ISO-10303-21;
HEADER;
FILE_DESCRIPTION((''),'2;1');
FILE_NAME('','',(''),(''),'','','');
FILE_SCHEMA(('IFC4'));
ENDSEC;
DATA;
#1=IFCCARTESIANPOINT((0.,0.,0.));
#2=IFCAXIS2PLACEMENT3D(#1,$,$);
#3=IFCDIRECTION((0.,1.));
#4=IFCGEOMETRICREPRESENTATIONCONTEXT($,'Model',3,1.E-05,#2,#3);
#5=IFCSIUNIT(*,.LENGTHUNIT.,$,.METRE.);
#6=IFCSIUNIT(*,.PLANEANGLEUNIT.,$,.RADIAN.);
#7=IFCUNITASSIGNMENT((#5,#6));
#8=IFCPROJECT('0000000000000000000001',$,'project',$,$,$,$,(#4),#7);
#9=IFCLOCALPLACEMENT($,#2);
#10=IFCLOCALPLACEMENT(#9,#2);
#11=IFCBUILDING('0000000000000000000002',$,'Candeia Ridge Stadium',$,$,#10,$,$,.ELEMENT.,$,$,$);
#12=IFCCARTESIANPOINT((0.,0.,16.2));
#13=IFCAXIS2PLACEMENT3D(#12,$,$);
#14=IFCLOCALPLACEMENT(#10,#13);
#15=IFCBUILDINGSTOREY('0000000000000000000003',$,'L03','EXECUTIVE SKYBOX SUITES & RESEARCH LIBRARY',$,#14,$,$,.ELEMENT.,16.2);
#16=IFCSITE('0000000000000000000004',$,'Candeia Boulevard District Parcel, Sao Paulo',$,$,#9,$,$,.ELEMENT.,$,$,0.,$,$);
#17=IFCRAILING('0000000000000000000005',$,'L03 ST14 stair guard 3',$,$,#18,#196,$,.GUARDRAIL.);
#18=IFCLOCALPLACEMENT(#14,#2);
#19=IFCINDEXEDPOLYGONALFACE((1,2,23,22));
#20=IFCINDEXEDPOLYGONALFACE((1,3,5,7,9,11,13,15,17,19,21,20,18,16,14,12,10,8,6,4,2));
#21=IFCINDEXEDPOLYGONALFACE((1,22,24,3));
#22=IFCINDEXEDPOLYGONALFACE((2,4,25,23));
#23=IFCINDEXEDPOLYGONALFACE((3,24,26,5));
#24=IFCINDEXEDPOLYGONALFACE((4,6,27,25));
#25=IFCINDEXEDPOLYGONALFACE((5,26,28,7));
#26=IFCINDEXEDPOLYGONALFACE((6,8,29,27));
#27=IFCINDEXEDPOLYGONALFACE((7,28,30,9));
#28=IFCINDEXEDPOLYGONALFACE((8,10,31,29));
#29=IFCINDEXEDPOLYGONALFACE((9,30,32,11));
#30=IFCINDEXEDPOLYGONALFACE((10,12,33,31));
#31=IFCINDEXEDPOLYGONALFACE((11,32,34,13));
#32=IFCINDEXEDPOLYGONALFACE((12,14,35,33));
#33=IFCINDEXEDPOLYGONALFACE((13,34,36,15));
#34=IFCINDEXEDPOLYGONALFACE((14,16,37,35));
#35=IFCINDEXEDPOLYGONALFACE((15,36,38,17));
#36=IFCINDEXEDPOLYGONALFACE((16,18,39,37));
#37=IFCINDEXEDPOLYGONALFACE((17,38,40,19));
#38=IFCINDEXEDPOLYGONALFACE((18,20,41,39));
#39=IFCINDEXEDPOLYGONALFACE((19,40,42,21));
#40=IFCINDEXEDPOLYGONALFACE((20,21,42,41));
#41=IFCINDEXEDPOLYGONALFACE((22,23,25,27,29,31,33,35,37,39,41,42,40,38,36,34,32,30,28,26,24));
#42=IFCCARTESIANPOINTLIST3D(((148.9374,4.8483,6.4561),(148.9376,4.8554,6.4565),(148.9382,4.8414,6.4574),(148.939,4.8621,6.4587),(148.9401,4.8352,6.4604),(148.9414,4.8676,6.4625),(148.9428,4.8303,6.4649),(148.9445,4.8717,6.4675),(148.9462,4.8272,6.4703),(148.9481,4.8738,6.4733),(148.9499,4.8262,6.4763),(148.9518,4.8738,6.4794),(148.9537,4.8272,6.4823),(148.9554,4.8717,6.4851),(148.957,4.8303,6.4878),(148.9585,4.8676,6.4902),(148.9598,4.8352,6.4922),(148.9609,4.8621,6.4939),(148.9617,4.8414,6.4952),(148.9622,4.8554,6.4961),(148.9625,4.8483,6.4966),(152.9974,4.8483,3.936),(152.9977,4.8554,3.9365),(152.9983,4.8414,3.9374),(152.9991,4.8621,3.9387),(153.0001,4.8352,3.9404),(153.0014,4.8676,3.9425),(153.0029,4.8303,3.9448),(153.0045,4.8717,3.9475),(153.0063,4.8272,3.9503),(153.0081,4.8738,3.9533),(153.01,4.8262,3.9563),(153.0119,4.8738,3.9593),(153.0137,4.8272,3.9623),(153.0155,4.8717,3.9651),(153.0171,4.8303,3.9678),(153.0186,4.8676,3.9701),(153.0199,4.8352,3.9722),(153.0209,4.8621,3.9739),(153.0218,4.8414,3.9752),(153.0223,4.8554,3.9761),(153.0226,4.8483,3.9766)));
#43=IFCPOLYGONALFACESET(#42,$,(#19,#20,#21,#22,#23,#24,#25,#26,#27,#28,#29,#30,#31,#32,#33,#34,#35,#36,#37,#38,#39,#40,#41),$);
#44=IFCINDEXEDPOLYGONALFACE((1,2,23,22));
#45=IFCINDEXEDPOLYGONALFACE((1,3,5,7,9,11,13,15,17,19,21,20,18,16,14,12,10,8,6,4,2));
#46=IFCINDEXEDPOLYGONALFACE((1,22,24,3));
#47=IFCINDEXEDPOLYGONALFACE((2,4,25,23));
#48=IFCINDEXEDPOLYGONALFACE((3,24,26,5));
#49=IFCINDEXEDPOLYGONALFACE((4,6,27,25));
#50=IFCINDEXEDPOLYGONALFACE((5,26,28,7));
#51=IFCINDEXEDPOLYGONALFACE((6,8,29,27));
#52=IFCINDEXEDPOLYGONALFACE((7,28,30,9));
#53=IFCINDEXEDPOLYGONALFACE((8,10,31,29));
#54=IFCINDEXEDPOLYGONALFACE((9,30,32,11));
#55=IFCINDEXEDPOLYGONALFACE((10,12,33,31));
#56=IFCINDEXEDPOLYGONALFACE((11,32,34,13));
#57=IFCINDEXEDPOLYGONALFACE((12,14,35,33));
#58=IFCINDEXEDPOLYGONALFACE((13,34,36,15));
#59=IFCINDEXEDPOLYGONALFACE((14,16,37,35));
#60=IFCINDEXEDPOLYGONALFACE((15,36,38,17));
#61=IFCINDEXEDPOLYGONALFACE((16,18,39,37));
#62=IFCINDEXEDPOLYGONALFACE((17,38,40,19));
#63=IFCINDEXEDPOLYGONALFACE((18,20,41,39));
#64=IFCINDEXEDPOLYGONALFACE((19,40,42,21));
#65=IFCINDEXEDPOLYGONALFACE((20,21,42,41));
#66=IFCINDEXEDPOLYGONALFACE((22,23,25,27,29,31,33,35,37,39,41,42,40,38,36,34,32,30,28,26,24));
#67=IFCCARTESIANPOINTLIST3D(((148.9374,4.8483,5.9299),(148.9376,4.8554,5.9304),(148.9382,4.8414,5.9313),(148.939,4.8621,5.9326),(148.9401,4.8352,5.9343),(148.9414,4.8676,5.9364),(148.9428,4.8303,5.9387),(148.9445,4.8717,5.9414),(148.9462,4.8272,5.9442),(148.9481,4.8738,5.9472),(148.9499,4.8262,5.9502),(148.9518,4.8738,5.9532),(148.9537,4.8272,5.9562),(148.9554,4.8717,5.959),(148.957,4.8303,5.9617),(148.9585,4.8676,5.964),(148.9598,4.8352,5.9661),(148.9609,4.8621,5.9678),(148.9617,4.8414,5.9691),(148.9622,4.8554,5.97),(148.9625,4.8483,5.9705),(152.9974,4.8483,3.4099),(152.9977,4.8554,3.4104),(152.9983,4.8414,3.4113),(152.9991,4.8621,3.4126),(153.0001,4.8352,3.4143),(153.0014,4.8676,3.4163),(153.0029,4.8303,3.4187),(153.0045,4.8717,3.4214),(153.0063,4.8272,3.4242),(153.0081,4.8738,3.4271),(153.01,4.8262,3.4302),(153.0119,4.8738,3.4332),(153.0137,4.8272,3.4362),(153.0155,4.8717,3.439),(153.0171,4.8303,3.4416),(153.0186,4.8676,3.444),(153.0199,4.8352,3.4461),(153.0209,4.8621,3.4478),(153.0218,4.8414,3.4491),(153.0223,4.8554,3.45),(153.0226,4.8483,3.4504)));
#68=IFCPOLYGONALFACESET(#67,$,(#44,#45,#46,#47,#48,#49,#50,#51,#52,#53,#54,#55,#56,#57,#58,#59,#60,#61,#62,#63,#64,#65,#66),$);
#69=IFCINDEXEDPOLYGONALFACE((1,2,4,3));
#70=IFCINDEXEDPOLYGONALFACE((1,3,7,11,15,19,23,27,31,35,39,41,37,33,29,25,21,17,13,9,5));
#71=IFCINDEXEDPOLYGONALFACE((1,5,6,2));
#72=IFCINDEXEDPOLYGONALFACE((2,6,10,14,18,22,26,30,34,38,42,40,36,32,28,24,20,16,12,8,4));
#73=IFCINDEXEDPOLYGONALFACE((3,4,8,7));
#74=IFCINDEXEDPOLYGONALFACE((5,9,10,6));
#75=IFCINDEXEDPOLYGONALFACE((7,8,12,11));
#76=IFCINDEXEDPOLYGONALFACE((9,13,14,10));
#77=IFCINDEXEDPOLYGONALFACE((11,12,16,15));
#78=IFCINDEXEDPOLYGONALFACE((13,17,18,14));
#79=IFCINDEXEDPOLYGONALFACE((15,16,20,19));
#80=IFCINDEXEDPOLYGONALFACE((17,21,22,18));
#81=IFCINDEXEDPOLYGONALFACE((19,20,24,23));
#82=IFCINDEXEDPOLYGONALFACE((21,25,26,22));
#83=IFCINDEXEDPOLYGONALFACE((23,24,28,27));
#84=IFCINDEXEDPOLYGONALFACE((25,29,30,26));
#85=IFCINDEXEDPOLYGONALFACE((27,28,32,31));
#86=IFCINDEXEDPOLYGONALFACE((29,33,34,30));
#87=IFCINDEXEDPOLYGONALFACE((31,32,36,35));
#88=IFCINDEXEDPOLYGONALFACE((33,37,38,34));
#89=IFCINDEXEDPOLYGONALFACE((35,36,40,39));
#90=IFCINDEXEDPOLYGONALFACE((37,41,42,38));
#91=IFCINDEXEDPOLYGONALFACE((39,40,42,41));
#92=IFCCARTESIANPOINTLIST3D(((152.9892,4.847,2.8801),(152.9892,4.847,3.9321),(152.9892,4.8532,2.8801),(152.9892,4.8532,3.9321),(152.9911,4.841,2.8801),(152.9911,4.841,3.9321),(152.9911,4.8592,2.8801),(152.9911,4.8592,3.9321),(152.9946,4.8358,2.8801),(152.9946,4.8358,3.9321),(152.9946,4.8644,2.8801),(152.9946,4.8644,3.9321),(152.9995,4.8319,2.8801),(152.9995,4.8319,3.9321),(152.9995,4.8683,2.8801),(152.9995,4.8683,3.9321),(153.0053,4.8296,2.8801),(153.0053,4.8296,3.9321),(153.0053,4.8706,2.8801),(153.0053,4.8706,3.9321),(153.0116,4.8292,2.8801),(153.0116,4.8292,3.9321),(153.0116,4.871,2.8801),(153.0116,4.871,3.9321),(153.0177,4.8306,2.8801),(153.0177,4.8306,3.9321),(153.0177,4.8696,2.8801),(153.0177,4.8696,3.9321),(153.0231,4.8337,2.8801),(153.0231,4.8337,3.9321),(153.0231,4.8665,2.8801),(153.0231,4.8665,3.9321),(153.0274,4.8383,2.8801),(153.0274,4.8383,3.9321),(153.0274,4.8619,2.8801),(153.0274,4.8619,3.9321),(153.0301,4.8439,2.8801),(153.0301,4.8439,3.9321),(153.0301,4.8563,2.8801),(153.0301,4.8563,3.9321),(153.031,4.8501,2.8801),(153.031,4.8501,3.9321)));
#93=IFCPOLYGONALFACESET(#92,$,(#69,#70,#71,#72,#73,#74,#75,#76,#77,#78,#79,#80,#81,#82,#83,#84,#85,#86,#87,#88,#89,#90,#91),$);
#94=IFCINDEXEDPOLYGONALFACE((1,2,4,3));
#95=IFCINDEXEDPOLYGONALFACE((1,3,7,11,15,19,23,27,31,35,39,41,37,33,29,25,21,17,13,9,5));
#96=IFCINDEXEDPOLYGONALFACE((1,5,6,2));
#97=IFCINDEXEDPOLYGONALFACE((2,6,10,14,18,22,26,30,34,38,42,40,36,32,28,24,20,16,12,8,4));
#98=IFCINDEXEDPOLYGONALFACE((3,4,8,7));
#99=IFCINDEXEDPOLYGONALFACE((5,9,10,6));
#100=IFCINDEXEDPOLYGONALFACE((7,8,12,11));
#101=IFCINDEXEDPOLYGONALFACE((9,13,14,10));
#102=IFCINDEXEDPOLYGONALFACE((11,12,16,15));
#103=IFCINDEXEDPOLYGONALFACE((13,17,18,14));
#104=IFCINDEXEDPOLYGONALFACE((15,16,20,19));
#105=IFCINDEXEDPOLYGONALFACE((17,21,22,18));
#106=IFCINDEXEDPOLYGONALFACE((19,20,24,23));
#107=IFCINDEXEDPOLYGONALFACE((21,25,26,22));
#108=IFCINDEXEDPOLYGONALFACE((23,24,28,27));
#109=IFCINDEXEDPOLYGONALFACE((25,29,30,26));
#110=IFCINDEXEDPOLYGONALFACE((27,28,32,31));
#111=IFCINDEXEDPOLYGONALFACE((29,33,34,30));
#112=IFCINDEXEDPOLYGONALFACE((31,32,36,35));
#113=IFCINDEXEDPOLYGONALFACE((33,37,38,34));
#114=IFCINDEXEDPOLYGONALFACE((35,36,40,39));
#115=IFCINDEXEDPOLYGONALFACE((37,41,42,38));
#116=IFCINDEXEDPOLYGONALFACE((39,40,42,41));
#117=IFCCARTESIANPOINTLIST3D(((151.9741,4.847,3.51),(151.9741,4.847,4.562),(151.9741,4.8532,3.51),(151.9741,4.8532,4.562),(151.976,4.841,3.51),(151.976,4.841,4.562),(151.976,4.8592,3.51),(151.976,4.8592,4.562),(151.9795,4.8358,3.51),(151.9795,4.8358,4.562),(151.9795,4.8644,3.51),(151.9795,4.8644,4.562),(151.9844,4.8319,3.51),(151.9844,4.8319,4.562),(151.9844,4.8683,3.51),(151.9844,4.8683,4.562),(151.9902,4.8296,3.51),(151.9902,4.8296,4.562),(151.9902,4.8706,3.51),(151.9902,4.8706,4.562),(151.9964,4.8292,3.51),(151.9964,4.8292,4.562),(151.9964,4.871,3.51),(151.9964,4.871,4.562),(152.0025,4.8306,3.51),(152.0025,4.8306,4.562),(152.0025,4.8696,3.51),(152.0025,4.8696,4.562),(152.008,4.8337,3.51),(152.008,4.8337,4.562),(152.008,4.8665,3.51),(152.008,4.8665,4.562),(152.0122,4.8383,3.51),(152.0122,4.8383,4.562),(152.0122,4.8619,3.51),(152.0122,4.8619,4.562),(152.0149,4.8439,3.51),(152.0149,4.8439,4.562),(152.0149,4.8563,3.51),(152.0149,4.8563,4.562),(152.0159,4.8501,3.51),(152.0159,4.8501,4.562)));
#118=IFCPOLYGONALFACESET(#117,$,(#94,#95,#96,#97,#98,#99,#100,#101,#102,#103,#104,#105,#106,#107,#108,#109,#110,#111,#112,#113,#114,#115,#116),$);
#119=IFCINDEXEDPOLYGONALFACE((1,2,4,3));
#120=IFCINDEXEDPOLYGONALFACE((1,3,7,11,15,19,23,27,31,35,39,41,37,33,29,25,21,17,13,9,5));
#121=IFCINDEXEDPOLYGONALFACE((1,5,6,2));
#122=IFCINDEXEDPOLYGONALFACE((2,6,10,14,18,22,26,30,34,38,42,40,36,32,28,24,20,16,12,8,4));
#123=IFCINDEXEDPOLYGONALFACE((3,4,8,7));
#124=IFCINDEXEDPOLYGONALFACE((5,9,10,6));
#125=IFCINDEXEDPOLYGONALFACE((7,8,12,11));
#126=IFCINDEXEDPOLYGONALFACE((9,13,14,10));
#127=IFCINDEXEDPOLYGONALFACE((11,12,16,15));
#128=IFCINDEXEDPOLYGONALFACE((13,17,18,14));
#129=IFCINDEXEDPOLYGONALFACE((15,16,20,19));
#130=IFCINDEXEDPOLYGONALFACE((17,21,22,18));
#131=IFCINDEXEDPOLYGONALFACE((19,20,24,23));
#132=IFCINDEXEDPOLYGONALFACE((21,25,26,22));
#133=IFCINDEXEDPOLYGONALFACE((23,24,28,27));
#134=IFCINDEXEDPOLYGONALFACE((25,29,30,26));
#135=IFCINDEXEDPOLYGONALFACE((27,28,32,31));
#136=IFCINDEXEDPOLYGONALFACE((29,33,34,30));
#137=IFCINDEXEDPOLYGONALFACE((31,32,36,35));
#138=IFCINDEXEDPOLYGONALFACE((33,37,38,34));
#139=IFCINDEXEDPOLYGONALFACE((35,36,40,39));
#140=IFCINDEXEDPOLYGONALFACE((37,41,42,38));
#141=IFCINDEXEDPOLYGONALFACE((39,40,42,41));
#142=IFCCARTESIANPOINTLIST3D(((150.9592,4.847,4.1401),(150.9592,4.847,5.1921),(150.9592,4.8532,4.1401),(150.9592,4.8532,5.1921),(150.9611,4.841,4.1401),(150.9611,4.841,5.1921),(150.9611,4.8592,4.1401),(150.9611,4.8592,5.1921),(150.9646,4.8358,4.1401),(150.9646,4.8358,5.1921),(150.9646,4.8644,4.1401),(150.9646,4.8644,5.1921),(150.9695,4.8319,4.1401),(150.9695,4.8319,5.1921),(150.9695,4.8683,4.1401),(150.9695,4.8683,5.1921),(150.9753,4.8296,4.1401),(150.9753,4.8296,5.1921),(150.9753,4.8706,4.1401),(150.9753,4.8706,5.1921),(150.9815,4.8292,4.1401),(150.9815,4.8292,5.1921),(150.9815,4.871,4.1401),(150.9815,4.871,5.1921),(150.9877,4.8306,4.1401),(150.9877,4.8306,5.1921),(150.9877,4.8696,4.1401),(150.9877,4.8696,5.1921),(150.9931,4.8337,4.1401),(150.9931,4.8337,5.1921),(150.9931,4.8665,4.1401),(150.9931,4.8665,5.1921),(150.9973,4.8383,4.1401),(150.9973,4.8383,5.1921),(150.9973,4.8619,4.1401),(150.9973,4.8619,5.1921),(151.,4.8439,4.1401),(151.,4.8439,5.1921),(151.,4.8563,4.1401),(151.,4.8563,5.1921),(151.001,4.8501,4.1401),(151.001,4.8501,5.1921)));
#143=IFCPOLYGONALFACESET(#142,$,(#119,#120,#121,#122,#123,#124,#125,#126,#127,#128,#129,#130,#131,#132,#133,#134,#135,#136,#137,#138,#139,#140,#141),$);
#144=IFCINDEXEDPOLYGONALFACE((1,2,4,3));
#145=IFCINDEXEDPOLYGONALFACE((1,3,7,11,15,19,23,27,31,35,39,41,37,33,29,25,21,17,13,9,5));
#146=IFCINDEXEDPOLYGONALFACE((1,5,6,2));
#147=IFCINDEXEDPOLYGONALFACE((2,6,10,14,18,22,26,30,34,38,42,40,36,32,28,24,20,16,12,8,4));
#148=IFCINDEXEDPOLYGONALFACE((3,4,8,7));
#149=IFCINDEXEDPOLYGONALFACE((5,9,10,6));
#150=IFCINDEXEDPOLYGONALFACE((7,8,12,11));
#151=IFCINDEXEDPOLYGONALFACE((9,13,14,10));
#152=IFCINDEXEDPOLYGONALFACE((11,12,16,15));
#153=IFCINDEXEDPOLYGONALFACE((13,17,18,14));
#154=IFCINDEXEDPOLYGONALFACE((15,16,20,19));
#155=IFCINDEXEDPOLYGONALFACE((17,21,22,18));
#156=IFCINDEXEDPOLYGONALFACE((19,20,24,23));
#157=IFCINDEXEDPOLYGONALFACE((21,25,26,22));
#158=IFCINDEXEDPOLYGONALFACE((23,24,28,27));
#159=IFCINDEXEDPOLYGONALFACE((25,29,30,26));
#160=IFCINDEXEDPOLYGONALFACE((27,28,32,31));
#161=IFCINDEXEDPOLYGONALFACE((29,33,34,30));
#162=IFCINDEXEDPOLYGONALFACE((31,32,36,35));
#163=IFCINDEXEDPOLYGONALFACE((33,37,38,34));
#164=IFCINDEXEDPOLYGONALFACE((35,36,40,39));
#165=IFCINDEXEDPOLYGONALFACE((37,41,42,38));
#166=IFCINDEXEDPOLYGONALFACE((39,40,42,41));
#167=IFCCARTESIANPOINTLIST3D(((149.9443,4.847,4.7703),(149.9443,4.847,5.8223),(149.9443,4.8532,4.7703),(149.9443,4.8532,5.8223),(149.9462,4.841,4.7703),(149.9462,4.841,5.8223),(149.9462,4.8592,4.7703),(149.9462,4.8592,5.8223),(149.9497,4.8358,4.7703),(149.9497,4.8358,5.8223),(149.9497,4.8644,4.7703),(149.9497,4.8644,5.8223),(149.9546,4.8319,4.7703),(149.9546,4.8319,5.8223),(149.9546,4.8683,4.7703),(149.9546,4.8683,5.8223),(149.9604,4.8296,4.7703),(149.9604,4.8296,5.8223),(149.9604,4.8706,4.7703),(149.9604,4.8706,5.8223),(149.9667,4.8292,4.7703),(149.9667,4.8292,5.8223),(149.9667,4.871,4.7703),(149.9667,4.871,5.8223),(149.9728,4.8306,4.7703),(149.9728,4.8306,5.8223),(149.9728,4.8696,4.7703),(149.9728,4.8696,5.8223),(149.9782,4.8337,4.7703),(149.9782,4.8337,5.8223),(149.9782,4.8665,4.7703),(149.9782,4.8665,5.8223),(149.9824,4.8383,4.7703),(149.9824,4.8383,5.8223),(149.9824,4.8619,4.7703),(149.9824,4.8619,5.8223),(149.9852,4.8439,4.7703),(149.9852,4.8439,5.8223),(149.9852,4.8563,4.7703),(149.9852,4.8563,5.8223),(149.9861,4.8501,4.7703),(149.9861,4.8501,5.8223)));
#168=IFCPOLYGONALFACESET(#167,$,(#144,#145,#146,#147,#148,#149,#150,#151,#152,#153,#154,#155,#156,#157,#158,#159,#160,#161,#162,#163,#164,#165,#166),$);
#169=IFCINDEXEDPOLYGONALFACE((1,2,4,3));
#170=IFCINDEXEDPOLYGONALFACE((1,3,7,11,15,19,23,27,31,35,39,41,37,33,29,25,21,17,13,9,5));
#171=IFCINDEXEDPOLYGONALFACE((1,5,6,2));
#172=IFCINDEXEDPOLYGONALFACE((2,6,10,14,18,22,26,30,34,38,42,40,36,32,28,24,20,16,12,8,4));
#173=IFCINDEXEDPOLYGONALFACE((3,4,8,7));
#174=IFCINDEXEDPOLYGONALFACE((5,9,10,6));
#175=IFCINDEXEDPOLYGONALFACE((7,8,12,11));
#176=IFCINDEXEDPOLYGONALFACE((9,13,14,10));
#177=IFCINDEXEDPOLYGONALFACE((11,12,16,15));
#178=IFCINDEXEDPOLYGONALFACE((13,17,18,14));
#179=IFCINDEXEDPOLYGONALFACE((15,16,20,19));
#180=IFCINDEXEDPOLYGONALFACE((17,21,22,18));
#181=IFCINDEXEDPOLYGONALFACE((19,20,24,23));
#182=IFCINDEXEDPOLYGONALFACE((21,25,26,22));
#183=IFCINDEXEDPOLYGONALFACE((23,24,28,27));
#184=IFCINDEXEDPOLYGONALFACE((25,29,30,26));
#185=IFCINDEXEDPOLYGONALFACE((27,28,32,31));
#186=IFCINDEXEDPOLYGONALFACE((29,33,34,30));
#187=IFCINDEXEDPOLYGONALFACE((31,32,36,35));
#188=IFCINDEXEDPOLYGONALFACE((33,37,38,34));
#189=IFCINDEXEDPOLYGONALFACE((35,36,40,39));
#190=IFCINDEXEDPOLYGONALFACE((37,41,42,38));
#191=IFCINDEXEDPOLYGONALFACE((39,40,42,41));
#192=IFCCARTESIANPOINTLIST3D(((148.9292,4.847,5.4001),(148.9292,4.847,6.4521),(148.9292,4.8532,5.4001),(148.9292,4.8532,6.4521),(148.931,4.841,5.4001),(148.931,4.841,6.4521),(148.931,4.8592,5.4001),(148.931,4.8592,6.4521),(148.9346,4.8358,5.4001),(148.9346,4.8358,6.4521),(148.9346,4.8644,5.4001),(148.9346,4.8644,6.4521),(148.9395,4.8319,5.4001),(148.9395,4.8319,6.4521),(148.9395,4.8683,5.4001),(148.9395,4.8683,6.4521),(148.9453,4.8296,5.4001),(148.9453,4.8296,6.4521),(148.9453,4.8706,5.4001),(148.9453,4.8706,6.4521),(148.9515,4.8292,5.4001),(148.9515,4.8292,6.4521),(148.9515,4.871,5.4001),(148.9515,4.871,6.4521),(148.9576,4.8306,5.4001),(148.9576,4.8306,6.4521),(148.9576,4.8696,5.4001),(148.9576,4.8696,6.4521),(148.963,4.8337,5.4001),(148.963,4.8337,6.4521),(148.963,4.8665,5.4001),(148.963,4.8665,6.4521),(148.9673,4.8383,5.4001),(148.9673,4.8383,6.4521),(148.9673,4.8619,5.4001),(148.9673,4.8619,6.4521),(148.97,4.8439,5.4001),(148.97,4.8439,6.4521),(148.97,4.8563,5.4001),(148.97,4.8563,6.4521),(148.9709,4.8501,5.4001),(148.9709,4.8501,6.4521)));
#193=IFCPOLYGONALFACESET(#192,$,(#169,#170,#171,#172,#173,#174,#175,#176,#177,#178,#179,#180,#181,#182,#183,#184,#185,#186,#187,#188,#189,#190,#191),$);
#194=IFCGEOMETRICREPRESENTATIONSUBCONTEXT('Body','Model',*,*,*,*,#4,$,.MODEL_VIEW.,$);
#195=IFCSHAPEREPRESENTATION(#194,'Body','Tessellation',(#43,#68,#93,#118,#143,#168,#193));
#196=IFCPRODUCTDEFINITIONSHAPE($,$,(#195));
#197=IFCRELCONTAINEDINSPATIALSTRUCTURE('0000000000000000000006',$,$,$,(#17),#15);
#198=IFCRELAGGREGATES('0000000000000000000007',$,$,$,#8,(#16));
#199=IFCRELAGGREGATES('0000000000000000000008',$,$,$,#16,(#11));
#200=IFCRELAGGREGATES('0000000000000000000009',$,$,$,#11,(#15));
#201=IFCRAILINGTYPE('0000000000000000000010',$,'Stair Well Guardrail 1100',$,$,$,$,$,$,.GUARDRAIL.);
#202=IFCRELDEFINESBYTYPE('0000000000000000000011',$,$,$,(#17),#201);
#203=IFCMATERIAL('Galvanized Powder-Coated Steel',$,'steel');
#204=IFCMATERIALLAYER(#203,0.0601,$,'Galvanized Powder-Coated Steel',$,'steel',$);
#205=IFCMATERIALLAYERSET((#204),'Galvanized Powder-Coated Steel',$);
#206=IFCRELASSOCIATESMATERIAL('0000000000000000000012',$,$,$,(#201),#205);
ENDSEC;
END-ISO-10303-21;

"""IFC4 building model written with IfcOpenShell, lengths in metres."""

from ifc_helpers import new_model, si_unit, direction, frame, origin, origin_2d, place, context, subcontext, project, spatial, circle, extrude, material, layer, layer_set, type_object, element, save


model = new_model("IFC4")

# Units and contexts
model_context = context("Model", 3, precision=1e-05, world=origin(), true_north=direction((0.0, 1.0)))
body_context = subcontext(model_context, "Body", "Model", "MODEL_VIEW")
ifc_project = project(units=[si_unit("LENGTHUNIT", "METRE"), si_unit("PLANEANGLEUNIT", "RADIAN")], contexts=[model_context])

# Site, building, storey
site_placement = place(None, origin())
site = spatial("IfcSite", under=ifc_project, at=site_placement, Name="Candeia Boulevard District Parcel, Sao Paulo", CompositionType="ELEMENT", RefElevation=0.0)
building_placement = place(site_placement, origin())
building = spatial("IfcBuilding", under=site, at=building_placement, Name="Candeia Ridge Stadium", CompositionType="ELEMENT")
storey_placement = place(building_placement, frame((0.0, 0.0, 16.2)))
storey = spatial("IfcBuildingStorey", under=building, at=storey_placement, Name="L03", Description="EXECUTIVE SKYBOX SUITES & RESEARCH LIBRARY", CompositionType="ELEMENT", Elevation=16.2)

# Railing
ifc_material_1 = material(Name="Galvanized Powder-Coated Steel", Category="steel")
ifc_layer_1 = layer(ifc_material_1, 0.0601, Name="Galvanized Powder-Coated Steel", Category="steel")
ifc_layer_set_1 = layer_set([ifc_layer_1], Name="Galvanized Powder-Coated Steel")
railing_type_1 = type_object("IfcRailingType", Name="Stair Well Guardrail 1100", PredefinedType="GUARDRAIL", material=ifc_layer_set_1)
railing_1_placement = place(storey_placement, frame((153.01, 4.8501, 2.8801)))
element("IfcRailing", 1, at=railing_1_placement, inside=storey, type_object=railing_type_1, Name="L03 ST14 stair guard 3", PredefinedType="GUARDRAIL", context=body_context, shape_type="SweptSolid", body=[
    extrude(circle(Radius=0.0239, at=origin_2d()), frame((0.0, 0.0, 1.0762), z_axis=(-0.849642, 0.0, 0.52736), x_axis=(0.0, -1.0, 0.0)), (0.0, 0.0, 1.0), 4.7786),
    extrude(circle(Radius=0.0239, at=origin_2d()), frame((0.0, 0.0, 0.55), z_axis=(-0.849642, 0.0, 0.52736), x_axis=(0.0, -1.0, 0.0)), (0.0, 0.0, 1.0), 4.7786),
    extrude(circle(Radius=0.021, at=origin_2d()), origin(), (0.0, 0.0, 1.0), 1.052),
    extrude(circle(Radius=0.021, at=origin_2d()), frame((-1.0151, 0.0, 0.6299)), (0.0, 0.0, 1.0), 1.052),
    extrude(circle(Radius=0.021, at=origin_2d()), frame((-2.03, 0.0, 1.26)), (0.0, 0.0, 1.0), 1.052),
    extrude(circle(Radius=0.021, at=origin_2d()), frame((-3.0449, 0.0, 1.8901)), (0.0, 0.0, 1.0), 1.052),
    extrude(circle(Radius=0.021, at=origin_2d()), frame((-4.0601, 0.0, 2.52)), (0.0, 0.0, 1.0), 1.052),
])

save(model, "model.ifc")
